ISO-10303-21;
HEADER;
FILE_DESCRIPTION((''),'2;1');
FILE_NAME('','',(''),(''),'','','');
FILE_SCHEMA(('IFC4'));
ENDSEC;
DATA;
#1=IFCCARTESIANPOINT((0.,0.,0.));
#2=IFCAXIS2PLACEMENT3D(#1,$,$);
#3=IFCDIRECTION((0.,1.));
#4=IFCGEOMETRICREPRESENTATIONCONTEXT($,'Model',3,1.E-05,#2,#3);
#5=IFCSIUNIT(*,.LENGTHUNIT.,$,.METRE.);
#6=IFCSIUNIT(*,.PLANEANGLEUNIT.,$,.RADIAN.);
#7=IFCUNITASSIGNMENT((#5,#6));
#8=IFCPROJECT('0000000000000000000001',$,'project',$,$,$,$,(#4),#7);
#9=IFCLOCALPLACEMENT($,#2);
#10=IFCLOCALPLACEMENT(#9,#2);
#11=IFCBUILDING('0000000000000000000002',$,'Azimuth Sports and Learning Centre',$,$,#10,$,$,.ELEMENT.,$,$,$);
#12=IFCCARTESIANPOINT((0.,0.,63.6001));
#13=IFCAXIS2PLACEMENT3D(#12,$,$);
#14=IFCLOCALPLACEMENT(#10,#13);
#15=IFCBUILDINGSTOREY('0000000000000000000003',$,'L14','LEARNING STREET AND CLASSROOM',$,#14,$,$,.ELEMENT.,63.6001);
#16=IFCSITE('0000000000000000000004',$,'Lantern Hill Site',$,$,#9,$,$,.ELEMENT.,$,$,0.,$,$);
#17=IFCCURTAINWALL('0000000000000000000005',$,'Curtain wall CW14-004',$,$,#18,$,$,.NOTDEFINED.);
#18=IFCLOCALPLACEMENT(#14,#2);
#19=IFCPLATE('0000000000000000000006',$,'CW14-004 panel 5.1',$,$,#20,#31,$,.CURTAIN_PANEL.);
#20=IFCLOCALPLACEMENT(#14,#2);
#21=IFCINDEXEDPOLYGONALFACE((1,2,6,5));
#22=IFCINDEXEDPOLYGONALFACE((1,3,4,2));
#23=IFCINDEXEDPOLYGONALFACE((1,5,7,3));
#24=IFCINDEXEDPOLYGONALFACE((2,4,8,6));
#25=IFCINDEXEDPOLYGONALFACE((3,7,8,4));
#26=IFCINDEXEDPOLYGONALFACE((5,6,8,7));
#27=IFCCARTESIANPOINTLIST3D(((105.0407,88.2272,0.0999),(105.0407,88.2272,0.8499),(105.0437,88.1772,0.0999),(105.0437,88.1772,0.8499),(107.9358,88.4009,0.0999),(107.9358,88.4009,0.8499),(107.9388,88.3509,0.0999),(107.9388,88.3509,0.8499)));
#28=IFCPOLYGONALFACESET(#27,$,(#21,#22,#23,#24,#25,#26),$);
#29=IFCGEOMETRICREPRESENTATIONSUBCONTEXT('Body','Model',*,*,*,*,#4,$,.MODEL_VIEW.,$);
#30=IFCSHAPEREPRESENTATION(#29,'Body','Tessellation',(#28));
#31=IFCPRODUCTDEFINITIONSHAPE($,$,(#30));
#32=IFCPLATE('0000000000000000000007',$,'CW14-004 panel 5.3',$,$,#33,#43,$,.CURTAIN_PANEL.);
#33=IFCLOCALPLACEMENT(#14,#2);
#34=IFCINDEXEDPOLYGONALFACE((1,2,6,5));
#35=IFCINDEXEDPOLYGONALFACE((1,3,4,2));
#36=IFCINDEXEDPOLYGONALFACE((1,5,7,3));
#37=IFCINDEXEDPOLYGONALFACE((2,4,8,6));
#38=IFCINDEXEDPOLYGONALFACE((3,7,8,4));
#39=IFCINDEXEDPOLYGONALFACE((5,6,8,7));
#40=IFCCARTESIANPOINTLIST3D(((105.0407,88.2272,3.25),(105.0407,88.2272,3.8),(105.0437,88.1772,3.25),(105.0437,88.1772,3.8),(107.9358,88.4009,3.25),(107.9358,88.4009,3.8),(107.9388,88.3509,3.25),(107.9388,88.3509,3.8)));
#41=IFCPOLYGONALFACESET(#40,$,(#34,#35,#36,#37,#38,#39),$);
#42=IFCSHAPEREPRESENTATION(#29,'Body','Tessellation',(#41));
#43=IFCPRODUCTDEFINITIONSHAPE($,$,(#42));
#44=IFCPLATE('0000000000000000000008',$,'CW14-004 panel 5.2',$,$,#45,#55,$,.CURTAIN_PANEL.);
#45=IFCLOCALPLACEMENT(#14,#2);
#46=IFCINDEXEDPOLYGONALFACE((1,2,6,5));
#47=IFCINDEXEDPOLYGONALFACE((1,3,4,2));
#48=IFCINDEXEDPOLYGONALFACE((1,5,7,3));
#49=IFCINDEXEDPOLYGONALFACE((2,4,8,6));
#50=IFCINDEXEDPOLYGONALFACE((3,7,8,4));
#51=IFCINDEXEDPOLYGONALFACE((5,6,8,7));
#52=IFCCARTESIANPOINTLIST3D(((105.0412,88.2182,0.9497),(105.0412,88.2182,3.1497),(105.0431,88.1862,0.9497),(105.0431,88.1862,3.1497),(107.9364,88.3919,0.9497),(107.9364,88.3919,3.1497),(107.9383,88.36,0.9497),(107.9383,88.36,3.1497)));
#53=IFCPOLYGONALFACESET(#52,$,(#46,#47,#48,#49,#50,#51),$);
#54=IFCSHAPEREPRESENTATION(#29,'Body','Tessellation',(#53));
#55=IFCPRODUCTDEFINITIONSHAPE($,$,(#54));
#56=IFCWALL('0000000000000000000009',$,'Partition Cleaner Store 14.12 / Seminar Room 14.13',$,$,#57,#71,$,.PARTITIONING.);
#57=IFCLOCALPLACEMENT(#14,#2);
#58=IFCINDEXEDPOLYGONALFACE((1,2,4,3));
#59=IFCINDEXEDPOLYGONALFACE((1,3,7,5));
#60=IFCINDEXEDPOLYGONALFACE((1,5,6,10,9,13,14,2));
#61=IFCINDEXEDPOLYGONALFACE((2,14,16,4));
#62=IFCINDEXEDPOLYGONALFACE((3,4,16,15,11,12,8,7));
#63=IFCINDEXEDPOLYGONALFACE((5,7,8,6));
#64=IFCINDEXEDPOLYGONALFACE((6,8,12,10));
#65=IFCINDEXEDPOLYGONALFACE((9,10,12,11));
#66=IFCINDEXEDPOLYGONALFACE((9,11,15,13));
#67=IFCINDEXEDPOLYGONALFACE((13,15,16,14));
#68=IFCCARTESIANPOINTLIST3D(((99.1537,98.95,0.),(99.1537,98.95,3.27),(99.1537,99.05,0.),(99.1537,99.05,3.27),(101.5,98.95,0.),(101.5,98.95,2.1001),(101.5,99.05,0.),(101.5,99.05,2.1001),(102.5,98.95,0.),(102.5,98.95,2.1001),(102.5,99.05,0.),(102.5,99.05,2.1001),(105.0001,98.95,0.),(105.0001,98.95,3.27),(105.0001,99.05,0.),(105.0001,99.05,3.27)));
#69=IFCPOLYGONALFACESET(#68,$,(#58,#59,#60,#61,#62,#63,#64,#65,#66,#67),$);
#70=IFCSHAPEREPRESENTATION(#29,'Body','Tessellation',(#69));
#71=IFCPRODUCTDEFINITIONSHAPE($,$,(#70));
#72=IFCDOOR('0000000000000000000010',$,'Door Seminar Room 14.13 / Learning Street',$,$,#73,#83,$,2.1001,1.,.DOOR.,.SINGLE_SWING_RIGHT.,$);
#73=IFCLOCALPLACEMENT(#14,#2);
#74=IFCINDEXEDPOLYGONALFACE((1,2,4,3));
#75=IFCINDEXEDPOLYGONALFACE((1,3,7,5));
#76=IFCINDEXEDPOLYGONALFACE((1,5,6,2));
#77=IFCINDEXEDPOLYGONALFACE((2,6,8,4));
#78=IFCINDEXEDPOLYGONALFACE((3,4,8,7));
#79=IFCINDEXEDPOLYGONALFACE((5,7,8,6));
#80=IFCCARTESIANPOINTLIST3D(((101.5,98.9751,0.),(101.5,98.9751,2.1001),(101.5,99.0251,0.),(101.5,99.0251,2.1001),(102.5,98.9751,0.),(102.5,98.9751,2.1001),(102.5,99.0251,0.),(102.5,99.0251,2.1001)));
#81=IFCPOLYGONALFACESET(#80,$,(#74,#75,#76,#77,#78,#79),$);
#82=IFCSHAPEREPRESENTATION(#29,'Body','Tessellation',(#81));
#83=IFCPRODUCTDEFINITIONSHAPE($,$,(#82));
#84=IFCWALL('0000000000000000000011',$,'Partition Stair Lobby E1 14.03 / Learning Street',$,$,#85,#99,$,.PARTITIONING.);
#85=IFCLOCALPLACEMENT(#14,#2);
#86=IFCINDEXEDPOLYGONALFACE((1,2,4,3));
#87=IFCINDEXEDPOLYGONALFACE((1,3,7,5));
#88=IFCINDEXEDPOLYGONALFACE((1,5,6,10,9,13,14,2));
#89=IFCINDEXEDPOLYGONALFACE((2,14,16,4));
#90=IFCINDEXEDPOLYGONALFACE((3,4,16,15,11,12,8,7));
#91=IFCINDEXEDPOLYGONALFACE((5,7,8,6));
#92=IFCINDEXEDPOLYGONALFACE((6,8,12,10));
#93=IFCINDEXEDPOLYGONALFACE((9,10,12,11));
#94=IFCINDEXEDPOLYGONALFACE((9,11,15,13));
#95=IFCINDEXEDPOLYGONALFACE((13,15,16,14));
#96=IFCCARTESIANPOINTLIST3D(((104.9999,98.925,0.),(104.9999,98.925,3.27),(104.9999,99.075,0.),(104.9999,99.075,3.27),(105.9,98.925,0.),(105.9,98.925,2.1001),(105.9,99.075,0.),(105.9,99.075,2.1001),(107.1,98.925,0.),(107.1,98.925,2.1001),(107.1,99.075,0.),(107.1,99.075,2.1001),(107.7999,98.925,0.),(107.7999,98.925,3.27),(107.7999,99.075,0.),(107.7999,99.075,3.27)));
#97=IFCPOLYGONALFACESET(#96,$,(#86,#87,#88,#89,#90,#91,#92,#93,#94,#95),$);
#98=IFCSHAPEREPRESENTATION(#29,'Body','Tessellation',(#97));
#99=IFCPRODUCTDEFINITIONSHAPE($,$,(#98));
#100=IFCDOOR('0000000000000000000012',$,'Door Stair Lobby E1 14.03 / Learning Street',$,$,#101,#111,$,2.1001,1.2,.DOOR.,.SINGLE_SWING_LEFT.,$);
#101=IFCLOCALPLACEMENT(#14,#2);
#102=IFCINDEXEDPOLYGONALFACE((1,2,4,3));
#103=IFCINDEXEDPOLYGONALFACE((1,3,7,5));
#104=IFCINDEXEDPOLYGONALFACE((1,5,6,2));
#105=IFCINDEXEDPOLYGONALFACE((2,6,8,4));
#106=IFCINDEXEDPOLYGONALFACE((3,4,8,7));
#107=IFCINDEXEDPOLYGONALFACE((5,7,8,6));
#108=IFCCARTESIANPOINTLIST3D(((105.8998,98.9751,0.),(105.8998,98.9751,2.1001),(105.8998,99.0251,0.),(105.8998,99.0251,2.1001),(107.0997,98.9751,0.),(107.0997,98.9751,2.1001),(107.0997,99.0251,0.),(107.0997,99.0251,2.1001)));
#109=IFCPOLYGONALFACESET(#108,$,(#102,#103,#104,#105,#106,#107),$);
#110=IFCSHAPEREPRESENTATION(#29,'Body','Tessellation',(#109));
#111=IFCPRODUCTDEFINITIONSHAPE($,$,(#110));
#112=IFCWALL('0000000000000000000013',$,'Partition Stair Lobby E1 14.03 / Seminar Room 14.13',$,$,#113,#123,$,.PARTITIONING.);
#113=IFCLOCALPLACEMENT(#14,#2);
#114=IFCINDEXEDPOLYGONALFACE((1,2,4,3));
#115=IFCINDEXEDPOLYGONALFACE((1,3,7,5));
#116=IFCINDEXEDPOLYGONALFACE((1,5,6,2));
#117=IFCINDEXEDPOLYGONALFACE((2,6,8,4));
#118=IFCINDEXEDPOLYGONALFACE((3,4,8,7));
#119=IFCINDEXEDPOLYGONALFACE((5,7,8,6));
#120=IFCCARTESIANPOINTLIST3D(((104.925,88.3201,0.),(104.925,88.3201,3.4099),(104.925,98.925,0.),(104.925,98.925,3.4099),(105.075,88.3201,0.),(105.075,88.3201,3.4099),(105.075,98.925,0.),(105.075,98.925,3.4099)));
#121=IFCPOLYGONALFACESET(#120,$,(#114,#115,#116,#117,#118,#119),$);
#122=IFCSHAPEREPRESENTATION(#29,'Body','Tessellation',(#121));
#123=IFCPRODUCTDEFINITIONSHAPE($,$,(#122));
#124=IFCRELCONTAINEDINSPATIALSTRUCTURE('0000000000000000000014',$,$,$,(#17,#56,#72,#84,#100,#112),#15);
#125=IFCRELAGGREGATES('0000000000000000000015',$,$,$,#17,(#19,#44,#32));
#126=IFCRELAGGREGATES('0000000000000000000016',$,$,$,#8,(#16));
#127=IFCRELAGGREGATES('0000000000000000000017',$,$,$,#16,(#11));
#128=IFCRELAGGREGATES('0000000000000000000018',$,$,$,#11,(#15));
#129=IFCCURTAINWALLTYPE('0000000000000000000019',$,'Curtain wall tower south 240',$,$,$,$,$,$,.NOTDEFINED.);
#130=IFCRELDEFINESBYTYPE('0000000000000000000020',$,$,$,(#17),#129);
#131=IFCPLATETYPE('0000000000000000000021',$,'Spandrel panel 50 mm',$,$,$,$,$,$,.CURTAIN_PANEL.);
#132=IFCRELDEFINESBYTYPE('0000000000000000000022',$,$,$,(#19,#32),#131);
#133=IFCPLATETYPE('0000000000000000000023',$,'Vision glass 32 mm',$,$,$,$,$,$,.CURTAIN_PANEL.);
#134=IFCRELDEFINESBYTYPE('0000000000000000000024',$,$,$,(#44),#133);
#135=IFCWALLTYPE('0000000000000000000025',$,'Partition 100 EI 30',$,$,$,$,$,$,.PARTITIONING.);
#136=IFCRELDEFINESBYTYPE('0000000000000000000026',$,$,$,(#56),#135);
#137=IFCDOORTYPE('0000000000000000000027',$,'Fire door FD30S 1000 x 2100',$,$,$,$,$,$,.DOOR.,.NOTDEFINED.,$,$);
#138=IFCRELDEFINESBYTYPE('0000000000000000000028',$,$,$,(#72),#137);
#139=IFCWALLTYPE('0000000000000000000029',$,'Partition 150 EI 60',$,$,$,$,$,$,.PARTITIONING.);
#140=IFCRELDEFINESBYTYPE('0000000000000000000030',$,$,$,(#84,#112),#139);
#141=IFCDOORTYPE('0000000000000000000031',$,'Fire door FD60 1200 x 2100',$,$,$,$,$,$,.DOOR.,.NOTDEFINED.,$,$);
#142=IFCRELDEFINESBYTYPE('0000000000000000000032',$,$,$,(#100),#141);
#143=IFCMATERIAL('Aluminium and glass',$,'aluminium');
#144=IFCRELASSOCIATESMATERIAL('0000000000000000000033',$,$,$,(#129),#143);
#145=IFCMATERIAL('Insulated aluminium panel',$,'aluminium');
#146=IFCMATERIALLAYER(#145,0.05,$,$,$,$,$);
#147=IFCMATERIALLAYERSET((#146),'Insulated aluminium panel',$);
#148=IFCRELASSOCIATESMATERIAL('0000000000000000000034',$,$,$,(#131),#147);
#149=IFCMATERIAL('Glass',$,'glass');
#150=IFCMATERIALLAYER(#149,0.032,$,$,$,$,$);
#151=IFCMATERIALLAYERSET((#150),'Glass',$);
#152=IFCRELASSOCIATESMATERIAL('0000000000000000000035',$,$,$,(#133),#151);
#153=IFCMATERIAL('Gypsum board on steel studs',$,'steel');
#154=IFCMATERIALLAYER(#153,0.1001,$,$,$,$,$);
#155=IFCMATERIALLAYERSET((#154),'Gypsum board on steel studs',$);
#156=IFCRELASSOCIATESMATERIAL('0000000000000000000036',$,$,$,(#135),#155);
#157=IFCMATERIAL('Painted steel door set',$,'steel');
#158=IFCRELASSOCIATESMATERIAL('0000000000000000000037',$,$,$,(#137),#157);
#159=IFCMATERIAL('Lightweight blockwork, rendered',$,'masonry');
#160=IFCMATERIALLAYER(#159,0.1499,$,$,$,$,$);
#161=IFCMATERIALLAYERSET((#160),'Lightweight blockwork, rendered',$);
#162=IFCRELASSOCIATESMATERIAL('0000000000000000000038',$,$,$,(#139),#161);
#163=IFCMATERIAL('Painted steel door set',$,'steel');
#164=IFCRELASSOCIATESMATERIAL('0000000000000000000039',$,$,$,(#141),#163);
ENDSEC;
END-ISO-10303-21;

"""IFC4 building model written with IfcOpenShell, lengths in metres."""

from ifc_helpers import new_model, si_unit, direction, frame, frame_2d, origin, origin_2d, place, context, subcontext, project, spatial, rectangle, extrude, material, layer, layer_set, type_object, element, fill, aggregate, save


model = new_model("IFC4")

# Units and contexts
model_context = context("Model", 3, precision=1e-05, world=origin(), true_north=direction((0.0, 1.0)))
body_context = subcontext(model_context, "Body", "Model", "MODEL_VIEW")
ifc_project = project(units=[si_unit("LENGTHUNIT", "METRE"), si_unit("PLANEANGLEUNIT", "RADIAN")], contexts=[model_context])

# Site, building, storey
site_placement = place(None, origin())
site = spatial("IfcSite", under=ifc_project, at=site_placement, Name="Lantern Hill Site", CompositionType="ELEMENT", RefElevation=0.0)
building_placement = place(site_placement, origin())
building = spatial("IfcBuilding", under=site, at=building_placement, Name="Azimuth Sports and Learning Centre", CompositionType="ELEMENT")
storey_placement = place(building_placement, frame((0.0, 0.0, 63.6001)))
storey = spatial("IfcBuildingStorey", under=building, at=storey_placement, Name="L14", Description="LEARNING STREET AND CLASSROOM", CompositionType="ELEMENT", Elevation=63.6001)

# Curtain wall
ifc_material_1 = material(Name="Aluminium and glass", Category="aluminium")
curtain_wall_type_1 = type_object("IfcCurtainWallType", Name="Curtain wall tower south 240", PredefinedType="NOTDEFINED", material=ifc_material_1)
curtain_wall_1_placement = place(storey_placement, origin())
curtain_wall_1 = element("IfcCurtainWall", 1, at=curtain_wall_1_placement, inside=storey, type_object=curtain_wall_type_1, Name="Curtain wall CW14-004", PredefinedType="NOTDEFINED")

# Plates
ifc_material_2 = material(Name="Insulated aluminium panel", Category="aluminium")
ifc_layer_1 = layer(ifc_material_2, 0.05)
ifc_layer_set_1 = layer_set([ifc_layer_1], Name="Insulated aluminium panel")
plate_type_1 = type_object("IfcPlateType", Name="Spandrel panel 50 mm", PredefinedType="CURTAIN_PANEL", material=ifc_layer_set_1)
plate_1_placement = place(storey_placement, frame((106.4897, 88.2891, 0.0999), z_axis=(0.0, 0.0, 1.0), x_axis=(0.998205, 0.059892, 0.0)))
plate_1 = element("IfcPlate", 2, at=plate_1_placement, type_object=plate_type_1, Name="CW14-004 panel 5.1", PredefinedType="CURTAIN_PANEL", context=body_context, shape_type="SweptSolid", body=[
    extrude(rectangle(XDim=2.9004, YDim=0.05, at=origin_2d()), origin(), (0.0, 0.0, 1.0), 0.75),
])
plate_2_placement = place(storey_placement, frame((106.4897, 88.2891, 3.25), z_axis=(0.0, 0.0, 1.0), x_axis=(0.998205, 0.059892, 0.0)))
plate_2 = element("IfcPlate", 3, at=plate_2_placement, type_object=plate_type_1, Name="CW14-004 panel 5.3", PredefinedType="CURTAIN_PANEL", context=body_context, shape_type="SweptSolid", body=[
    extrude(rectangle(XDim=2.9004, YDim=0.05, at=origin_2d()), origin(), (0.0, 0.0, 1.0), 0.55),
])
ifc_material_3 = material(Name="Glass", Category="glass")
ifc_layer_2 = layer(ifc_material_3, 0.032)
ifc_layer_set_2 = layer_set([ifc_layer_2], Name="Glass")
plate_type_2 = type_object("IfcPlateType", Name="Vision glass 32 mm", PredefinedType="CURTAIN_PANEL", material=ifc_layer_set_2)
plate_3_placement = place(storey_placement, frame((106.4897, 88.2891, 0.9497), z_axis=(0.0, 0.0, 1.0), x_axis=(0.998205, 0.059892, 0.0)))
plate_3 = element("IfcPlate", 4, at=plate_3_placement, type_object=plate_type_2, Name="CW14-004 panel 5.2", PredefinedType="CURTAIN_PANEL", context=body_context, shape_type="SweptSolid", body=[
    extrude(rectangle(XDim=2.9004, YDim=0.032, at=origin_2d()), origin(), (0.0, 0.0, 1.0), 2.2),
])
aggregate(curtain_wall_1, [plate_1, plate_3, plate_2])

# Walls, openings, doors
ifc_material_4 = material(Name="Gypsum board on steel studs", Category="steel")
ifc_layer_3 = layer(ifc_material_4, 0.1001)
ifc_layer_set_3 = layer_set([ifc_layer_3], Name="Gypsum board on steel studs")
wall_type_1 = type_object("IfcWallType", Name="Partition 100 EI 30", PredefinedType="PARTITIONING", material=ifc_layer_set_3)
wall_1_placement = place(storey_placement, frame((99.1536, 99.0, 0.0), z_axis=(0.0, 0.0, 1.0), x_axis=(1.0, 0.0, 0.0)))
wall_1 = element("IfcWall", 5, at=wall_1_placement, inside=storey, type_object=wall_type_1, Name="Partition Cleaner Store 14.12 / Seminar Room 14.13", PredefinedType="PARTITIONING", context=body_context, shape_type="SweptSolid", body=[
    extrude(rectangle(XDim=5.8464, YDim=0.1001, at=frame_2d((2.9233, 0.0))), origin(), (0.0, 0.0, 1.0), 3.27),
])
opening_1_placement = place(wall_1_placement, frame((2.3464, 0.0, 0.0)))
opening_1 = element("IfcOpeningElement", 6, at=opening_1_placement, cuts=wall_1, PredefinedType="OPENING", context=body_context, shape_type="SweptSolid", body=[
    extrude(rectangle(XDim=1.0, YDim=2.1001, at=frame_2d((0.5, 1.05))), frame((0.0, 0.061, 0.0), z_axis=(0.0, -1.0, 0.0), x_axis=(1.0, 0.0, 0.0)), (0.0, 0.0, 1.0), 0.1221),
])
ifc_material_5 = material(Name="Painted steel door set", Category="steel")
door_type_1 = type_object("IfcDoorType", Name="Fire door FD30S 1000 x 2100", OperationType="NOTDEFINED", PredefinedType="DOOR", material=ifc_material_5)
door_1_placement = place(opening_1_placement, frame((1.0, 0.0, 0.0), z_axis=(0.0, 0.0, 1.0), x_axis=(-1.0, 0.0, 0.0)))
door_1 = element("IfcDoor", 7, at=door_1_placement, inside=storey, type_object=door_type_1, Name="Door Seminar Room 14.13 / Learning Street", OperationType="SINGLE_SWING_RIGHT", OverallHeight=2.1001, OverallWidth=1.0, PredefinedType="DOOR", context=body_context, shape_type="SweptSolid", body=[
    extrude(rectangle(XDim=1.0, YDim=2.1001, at=frame_2d((0.5, 1.05))), frame((0.0, 0.0249, 0.0), z_axis=(0.0, -1.0, 0.0), x_axis=(1.0, 0.0, 0.0)), (0.0, 0.0, 1.0), 0.05),
])
fill(opening_1, door_1)
ifc_material_6 = material(Name="Lightweight blockwork, rendered", Category="masonry")
ifc_layer_4 = layer(ifc_material_6, 0.1499)
ifc_layer_set_4 = layer_set([ifc_layer_4], Name="Lightweight blockwork, rendered")
wall_type_2 = type_object("IfcWallType", Name="Partition 150 EI 60", PredefinedType="PARTITIONING", material=ifc_layer_set_4)
wall_2_placement = place(storey_placement, frame((105.0, 99.0, 0.0), z_axis=(0.0, 0.0, 1.0), x_axis=(1.0, 0.0, 0.0)))
wall_2 = element("IfcWall", 8, at=wall_2_placement, inside=storey, type_object=wall_type_2, Name="Partition Stair Lobby E1 14.03 / Learning Street", PredefinedType="PARTITIONING", context=body_context, shape_type="SweptSolid", body=[
    extrude(rectangle(XDim=2.8, YDim=0.1499, at=frame_2d((1.3999, 0.0))), origin(), (0.0, 0.0, 1.0), 3.27),
])
opening_2_placement = place(wall_2_placement, frame((0.8999, 0.0, 0.0)))
opening_2 = element("IfcOpeningElement", 9, at=opening_2_placement, cuts=wall_2, PredefinedType="OPENING", context=body_context, shape_type="SweptSolid", body=[
    extrude(rectangle(XDim=1.2, YDim=2.1001, at=frame_2d((0.6001, 1.05))), frame((0.0, 0.0859, 0.0), z_axis=(0.0, -1.0, 0.0), x_axis=(1.0, 0.0, 0.0)), (0.0, 0.0, 1.0), 0.1719),
])
ifc_material_7 = material(Name="Painted steel door set", Category="steel")
door_type_2 = type_object("IfcDoorType", Name="Fire door FD60 1200 x 2100", OperationType="NOTDEFINED", PredefinedType="DOOR", material=ifc_material_7)
door_2_placement = place(opening_2_placement, frame((1.2, 0.0, 0.0), z_axis=(0.0, 0.0, 1.0), x_axis=(-1.0, 0.0, 0.0)))
door_2 = element("IfcDoor", 10, at=door_2_placement, inside=storey, type_object=door_type_2, Name="Door Stair Lobby E1 14.03 / Learning Street", OperationType="SINGLE_SWING_LEFT", OverallHeight=2.1001, OverallWidth=1.2, PredefinedType="DOOR", context=body_context, shape_type="SweptSolid", body=[
    extrude(rectangle(XDim=1.2, YDim=2.1001, at=frame_2d((0.6001, 1.05))), frame((0.0, 0.0249, 0.0), z_axis=(0.0, -1.0, 0.0), x_axis=(1.0, 0.0, 0.0)), (0.0, 0.0, 1.0), 0.05),
])
fill(opening_2, door_2)

# Wall
wall_3_placement = place(storey_placement, frame((105.0, 88.3201, 0.0), z_axis=(0.0, 0.0, 1.0), x_axis=(0.0, 1.0, 0.0)))
element("IfcWall", 11, at=wall_3_placement, inside=storey, type_object=wall_type_2, Name="Partition Stair Lobby E1 14.03 / Seminar Room 14.13", PredefinedType="PARTITIONING", context=body_context, shape_type="SweptSolid", body=[
    extrude(rectangle(XDim=10.605, YDim=0.1499, at=frame_2d((5.3025, 0.0))), origin(), (0.0, 0.0, 1.0), 3.4099),
])

save(model, "model.ifc")
